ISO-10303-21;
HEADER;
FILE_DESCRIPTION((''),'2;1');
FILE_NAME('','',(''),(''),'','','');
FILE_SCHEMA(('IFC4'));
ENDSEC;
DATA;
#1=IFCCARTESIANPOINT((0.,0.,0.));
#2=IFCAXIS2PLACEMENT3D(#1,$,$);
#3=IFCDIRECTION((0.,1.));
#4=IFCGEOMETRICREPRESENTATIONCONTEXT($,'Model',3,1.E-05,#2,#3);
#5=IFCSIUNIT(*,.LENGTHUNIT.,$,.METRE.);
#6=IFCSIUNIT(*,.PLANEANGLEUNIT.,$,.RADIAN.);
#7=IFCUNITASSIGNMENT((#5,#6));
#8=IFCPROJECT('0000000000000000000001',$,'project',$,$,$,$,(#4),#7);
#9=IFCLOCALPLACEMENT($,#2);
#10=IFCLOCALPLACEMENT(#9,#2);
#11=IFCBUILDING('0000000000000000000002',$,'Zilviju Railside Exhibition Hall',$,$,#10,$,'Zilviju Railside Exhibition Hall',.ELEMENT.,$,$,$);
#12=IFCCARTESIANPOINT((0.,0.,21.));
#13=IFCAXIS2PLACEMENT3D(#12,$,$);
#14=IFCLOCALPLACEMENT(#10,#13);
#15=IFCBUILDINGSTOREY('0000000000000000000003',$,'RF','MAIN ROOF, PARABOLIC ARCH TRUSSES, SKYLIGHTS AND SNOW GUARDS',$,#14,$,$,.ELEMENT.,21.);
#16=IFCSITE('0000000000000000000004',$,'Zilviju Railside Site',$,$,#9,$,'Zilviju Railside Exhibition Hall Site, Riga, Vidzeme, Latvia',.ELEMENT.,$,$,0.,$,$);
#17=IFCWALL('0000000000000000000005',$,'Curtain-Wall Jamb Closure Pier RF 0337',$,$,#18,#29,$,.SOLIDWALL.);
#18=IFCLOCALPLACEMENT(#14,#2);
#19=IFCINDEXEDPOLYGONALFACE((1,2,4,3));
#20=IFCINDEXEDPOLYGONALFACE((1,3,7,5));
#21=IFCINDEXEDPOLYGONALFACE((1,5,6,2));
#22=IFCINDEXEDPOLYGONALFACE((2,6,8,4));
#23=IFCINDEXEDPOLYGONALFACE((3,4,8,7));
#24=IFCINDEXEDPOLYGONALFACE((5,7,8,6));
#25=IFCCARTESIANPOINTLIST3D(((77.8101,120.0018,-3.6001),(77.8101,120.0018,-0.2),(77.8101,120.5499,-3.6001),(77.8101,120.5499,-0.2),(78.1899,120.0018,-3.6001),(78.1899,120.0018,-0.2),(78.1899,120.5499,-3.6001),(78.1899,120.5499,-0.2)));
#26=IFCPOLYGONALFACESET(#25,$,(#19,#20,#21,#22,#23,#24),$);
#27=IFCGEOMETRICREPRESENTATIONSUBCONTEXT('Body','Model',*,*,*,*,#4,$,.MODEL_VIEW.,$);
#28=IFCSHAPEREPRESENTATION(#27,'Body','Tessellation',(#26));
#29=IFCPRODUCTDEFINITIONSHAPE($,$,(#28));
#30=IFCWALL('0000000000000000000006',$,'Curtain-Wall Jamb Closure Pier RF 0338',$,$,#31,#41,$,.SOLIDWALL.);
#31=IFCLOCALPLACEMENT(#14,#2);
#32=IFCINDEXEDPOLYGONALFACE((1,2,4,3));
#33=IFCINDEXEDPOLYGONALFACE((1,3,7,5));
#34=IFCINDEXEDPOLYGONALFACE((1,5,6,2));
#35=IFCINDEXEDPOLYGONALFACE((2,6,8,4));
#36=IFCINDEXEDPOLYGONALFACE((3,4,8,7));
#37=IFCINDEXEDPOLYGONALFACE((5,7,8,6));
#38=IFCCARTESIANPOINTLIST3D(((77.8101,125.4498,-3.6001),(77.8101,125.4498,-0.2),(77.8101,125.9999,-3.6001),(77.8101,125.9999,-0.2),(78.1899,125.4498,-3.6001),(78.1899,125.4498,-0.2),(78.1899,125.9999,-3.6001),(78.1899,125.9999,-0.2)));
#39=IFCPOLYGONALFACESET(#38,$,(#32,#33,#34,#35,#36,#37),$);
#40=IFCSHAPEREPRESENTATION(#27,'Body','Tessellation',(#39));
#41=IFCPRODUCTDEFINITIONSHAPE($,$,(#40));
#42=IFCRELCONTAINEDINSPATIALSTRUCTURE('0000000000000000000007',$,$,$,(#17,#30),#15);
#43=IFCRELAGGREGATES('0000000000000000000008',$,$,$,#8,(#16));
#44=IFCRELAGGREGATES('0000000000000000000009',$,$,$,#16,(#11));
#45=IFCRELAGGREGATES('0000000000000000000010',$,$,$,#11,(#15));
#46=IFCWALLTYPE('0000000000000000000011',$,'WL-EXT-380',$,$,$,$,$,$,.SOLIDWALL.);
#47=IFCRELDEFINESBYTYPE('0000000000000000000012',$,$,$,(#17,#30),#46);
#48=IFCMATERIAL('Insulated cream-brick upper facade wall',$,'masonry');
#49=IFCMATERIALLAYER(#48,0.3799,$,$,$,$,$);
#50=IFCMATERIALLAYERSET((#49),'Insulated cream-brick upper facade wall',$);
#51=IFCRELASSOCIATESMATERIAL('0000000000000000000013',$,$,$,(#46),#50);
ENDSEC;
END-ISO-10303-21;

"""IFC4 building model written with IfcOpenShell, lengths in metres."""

from ifc_helpers import new_model, si_unit, direction, frame, frame_2d, origin, place, context, subcontext, project, spatial, rectangle, extrude, material, layer, layer_set, type_object, element, save


model = new_model("IFC4")

# Units and contexts
model_context = context("Model", 3, precision=1e-05, world=origin(), true_north=direction((0.0, 1.0)))
body_context = subcontext(model_context, "Body", "Model", "MODEL_VIEW")
ifc_project = project(units=[si_unit("LENGTHUNIT", "METRE"), si_unit("PLANEANGLEUNIT", "RADIAN")], contexts=[model_context])

# Site, building, storey
site_placement = place(None, origin())
site = spatial("IfcSite", under=ifc_project, at=site_placement, Name="Zilviju Railside Site", LongName="Zilviju Railside Exhibition Hall Site, Riga, Vidzeme, Latvia", CompositionType="ELEMENT", RefElevation=0.0)
building_placement = place(site_placement, origin())
building = spatial("IfcBuilding", under=site, at=building_placement, Name="Zilviju Railside Exhibition Hall", LongName="Zilviju Railside Exhibition Hall", CompositionType="ELEMENT")
storey_placement = place(building_placement, frame((0.0, 0.0, 21.0)))
storey = spatial("IfcBuildingStorey", under=building, at=storey_placement, Name="RF", Description="MAIN ROOF, PARABOLIC ARCH TRUSSES, SKYLIGHTS AND SNOW GUARDS", CompositionType="ELEMENT", Elevation=21.0)

# Walls
ifc_material_1 = material(Name="Insulated cream-brick upper facade wall", Category="masonry")
ifc_layer_1 = layer(ifc_material_1, 0.3799)
ifc_layer_set_1 = layer_set([ifc_layer_1], Name="Insulated cream-brick upper facade wall")
wall_type = type_object("IfcWallType", Name="WL-EXT-380", PredefinedType="SOLIDWALL", material=ifc_layer_set_1)
wall_1_placement = place(storey_placement, frame((78.0, 120.002, -3.6001), z_axis=(0.0, 0.0, 1.0), x_axis=(0.0, 1.0, 0.0)))
element("IfcWall", 1, at=wall_1_placement, inside=storey, type_object=wall_type, Name="Curtain-Wall Jamb Closure Pier RF 0337", PredefinedType="SOLIDWALL", context=body_context, shape_type="SweptSolid", body=[
    extrude(rectangle(XDim=0.5481, YDim=0.3799, at=frame_2d((0.2739, 0.0))), origin(), (0.0, 0.0, 1.0), 3.4001),
])
wall_2_placement = place(storey_placement, frame((78.0, 125.45, -3.6001), z_axis=(0.0, 0.0, 1.0), x_axis=(0.0, 1.0, 0.0)))
element("IfcWall", 2, at=wall_2_placement, inside=storey, type_object=wall_type, Name="Curtain-Wall Jamb Closure Pier RF 0338", PredefinedType="SOLIDWALL", context=body_context, shape_type="SweptSolid", body=[
    extrude(rectangle(XDim=0.55, YDim=0.3799, at=frame_2d((0.2749, 0.0))), origin(), (0.0, 0.0, 1.0), 3.4001),
])

save(model, "model.ifc")
